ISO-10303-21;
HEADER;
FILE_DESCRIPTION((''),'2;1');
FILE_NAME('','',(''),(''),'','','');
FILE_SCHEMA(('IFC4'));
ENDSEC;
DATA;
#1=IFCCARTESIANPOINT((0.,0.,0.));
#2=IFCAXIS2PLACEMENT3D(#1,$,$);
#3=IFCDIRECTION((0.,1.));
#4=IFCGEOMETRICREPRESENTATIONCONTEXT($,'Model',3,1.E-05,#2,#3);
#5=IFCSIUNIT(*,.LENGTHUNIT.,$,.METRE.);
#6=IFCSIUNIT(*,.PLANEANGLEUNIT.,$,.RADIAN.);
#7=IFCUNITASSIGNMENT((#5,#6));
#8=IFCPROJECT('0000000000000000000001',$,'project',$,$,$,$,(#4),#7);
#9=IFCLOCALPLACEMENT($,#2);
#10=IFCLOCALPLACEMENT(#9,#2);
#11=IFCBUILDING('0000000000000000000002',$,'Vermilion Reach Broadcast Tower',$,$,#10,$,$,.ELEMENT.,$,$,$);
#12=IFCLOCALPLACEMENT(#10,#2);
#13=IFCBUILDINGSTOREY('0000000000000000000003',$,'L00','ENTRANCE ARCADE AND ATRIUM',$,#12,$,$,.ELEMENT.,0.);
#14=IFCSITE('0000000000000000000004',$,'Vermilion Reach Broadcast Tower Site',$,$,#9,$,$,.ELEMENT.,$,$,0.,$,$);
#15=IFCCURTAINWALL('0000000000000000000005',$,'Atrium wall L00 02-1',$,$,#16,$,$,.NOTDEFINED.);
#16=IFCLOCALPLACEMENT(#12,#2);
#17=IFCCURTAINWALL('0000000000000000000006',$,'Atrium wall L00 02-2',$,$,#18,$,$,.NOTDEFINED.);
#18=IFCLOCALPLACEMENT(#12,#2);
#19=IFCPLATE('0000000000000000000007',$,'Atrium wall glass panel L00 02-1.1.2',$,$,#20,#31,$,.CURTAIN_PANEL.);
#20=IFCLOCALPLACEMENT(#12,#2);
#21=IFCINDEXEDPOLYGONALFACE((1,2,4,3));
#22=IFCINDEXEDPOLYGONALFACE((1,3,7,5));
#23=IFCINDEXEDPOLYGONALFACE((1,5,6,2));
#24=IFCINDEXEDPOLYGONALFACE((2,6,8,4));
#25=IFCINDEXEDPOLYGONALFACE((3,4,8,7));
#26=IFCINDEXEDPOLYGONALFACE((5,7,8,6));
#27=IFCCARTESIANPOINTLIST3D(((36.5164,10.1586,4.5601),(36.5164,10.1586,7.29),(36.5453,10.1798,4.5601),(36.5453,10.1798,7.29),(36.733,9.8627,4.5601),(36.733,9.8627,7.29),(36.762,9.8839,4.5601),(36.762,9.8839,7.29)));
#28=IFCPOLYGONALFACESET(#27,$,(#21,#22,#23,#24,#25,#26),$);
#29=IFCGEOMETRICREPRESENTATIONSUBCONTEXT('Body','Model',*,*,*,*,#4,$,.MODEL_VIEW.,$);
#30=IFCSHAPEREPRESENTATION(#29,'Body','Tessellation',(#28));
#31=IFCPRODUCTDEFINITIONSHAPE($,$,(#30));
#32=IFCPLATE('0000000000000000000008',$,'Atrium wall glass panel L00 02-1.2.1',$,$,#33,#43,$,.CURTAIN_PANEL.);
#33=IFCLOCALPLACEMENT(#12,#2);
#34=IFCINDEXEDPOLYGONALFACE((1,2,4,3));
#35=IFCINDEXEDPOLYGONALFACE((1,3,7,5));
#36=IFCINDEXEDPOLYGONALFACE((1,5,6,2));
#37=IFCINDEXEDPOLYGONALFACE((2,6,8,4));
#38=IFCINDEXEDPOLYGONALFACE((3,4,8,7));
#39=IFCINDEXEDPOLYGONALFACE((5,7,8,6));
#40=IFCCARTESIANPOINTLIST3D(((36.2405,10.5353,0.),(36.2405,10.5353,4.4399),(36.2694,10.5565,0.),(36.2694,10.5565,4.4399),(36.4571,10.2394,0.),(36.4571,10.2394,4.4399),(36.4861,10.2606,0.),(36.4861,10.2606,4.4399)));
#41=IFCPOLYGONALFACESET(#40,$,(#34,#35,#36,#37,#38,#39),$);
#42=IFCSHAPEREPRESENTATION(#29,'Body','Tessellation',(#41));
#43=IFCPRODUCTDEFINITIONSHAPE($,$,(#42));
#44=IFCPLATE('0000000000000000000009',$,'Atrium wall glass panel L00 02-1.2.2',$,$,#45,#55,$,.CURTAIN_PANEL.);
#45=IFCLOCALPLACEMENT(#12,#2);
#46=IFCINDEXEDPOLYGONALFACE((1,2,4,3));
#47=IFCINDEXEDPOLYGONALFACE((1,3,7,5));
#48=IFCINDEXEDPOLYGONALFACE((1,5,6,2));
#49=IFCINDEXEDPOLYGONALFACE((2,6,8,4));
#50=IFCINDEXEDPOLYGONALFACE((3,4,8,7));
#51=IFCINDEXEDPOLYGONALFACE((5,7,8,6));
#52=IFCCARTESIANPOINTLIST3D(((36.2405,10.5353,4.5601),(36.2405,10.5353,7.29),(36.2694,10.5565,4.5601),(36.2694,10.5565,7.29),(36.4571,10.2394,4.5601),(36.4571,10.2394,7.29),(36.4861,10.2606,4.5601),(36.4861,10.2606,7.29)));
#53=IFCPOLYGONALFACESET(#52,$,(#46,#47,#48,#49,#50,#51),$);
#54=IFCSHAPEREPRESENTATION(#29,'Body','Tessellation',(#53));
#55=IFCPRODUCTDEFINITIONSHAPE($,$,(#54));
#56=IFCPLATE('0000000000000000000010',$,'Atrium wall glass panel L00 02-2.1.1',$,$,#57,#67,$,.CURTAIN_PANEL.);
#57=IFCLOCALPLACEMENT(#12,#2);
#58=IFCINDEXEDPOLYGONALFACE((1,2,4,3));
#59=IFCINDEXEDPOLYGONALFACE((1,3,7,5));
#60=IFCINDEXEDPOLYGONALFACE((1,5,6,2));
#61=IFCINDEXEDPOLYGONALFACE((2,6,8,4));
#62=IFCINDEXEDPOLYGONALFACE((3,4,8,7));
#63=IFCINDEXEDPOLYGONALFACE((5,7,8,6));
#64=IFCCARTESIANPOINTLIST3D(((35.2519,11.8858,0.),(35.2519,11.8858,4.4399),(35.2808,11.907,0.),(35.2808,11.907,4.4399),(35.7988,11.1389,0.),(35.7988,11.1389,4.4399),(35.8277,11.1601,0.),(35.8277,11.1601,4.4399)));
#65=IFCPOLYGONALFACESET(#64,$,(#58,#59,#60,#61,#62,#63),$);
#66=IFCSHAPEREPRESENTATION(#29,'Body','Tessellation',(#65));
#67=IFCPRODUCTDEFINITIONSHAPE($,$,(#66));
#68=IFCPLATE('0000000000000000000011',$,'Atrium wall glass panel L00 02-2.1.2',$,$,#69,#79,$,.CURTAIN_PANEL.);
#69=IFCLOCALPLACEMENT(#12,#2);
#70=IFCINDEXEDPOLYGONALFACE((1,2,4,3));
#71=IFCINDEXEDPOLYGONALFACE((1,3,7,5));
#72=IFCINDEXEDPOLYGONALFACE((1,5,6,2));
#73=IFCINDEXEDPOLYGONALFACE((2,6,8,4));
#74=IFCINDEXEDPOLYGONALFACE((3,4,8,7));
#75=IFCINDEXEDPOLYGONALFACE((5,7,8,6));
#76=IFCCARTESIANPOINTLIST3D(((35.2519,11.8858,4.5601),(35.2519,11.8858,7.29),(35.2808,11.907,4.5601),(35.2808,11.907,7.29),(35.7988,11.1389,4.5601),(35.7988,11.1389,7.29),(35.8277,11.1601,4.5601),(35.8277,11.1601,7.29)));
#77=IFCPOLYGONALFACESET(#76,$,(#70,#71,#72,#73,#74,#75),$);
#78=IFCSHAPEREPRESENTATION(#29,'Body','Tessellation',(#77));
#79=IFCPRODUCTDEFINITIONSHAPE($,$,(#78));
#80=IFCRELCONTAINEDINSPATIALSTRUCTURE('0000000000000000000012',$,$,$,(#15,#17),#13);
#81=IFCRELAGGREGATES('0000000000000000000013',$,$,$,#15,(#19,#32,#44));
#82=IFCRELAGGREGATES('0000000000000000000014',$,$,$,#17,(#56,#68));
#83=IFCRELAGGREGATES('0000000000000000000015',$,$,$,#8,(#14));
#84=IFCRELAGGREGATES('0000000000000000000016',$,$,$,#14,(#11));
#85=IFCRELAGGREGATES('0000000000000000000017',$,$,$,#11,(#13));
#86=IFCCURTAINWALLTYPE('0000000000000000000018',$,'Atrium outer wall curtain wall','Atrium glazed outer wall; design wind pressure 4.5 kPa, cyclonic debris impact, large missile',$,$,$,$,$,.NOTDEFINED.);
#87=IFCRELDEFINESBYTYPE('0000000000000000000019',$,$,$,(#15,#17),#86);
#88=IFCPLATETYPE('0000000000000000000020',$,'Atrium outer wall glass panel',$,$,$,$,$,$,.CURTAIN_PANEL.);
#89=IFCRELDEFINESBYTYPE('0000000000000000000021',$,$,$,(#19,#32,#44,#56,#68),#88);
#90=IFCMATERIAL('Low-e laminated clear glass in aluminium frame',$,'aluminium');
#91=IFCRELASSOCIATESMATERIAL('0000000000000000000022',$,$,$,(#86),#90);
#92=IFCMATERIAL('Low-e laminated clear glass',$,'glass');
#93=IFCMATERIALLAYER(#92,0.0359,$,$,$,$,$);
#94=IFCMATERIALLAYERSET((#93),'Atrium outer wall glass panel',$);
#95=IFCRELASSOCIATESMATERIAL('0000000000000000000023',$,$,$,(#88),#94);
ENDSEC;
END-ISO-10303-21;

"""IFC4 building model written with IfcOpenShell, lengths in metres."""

from ifc_helpers import new_model, si_unit, direction, frame, origin, origin_2d, place, context, subcontext, project, spatial, rectangle, extrude, material, layer, layer_set, type_object, element, aggregate, save


model = new_model("IFC4")

# Units and contexts
model_context = context("Model", 3, precision=1e-05, world=origin(), true_north=direction((0.0, 1.0)))
body_context = subcontext(model_context, "Body", "Model", "MODEL_VIEW")
ifc_project = project(units=[si_unit("LENGTHUNIT", "METRE"), si_unit("PLANEANGLEUNIT", "RADIAN")], contexts=[model_context])

# Site, building, storey
site_placement = place(None, origin())
site = spatial("IfcSite", under=ifc_project, at=site_placement, Name="Vermilion Reach Broadcast Tower Site", CompositionType="ELEMENT", RefElevation=0.0)
building_placement = place(site_placement, origin())
building = spatial("IfcBuilding", under=site, at=building_placement, Name="Vermilion Reach Broadcast Tower", CompositionType="ELEMENT")
storey_placement = place(building_placement, origin())
storey = spatial("IfcBuildingStorey", under=building, at=storey_placement, Name="L00", Description="ENTRANCE ARCADE AND ATRIUM", CompositionType="ELEMENT", Elevation=0.0)

# Shared definitions
ifc_material_1 = material(Name="Low-e laminated clear glass in aluminium frame", Category="aluminium")
curtain_wall_type = type_object("IfcCurtainWallType", Name="Atrium outer wall curtain wall", Description="Atrium glazed outer wall; design wind pressure 4.5 kPa, cyclonic debris impact, large missile", PredefinedType="NOTDEFINED", material=ifc_material_1)
placement = place(storey_placement, origin())

# Curtain walls
curtain_wall_1 = element("IfcCurtainWall", 1, at=placement, inside=storey, type_object=curtain_wall_type, Name="Atrium wall L00 02-1", PredefinedType="NOTDEFINED")
curtain_wall_2 = element("IfcCurtainWall", 2, at=placement, inside=storey, type_object=curtain_wall_type, Name="Atrium wall L00 02-2", PredefinedType="NOTDEFINED")

# Plates
ifc_material_2 = material(Name="Low-e laminated clear glass", Category="glass")
ifc_layer = layer(ifc_material_2, 0.0359)
ifc_layer_set = layer_set([ifc_layer], Name="Atrium outer wall glass panel")
plate_type = type_object("IfcPlateType", Name="Atrium outer wall glass panel", PredefinedType="CURTAIN_PANEL", material=ifc_layer_set)
plate_1_placement = place(storey_placement, frame((36.6392, 10.0212, 4.5601), z_axis=(0.0, 0.0, 1.0), x_axis=(-0.59076, 0.806847, 0.0)))
plate_1 = element("IfcPlate", 3, at=plate_1_placement, type_object=plate_type, Name="Atrium wall glass panel L00 02-1.1.2", PredefinedType="CURTAIN_PANEL", context=body_context, shape_type="SweptSolid", body=[
    extrude(rectangle(XDim=0.3667, YDim=0.0359, at=origin_2d()), origin(), (0.0, 0.0, 1.0), 2.73),
])
plate_2_placement = place(storey_placement, frame((36.3633, 10.3979, 0.0), z_axis=(0.0, 0.0, 1.0), x_axis=(-0.59076, 0.806847, 0.0)))
plate_2 = element("IfcPlate", 4, at=plate_2_placement, type_object=plate_type, Name="Atrium wall glass panel L00 02-1.2.1", PredefinedType="CURTAIN_PANEL", context=body_context, shape_type="SweptSolid", body=[
    extrude(rectangle(XDim=0.3667, YDim=0.0359, at=origin_2d()), origin(), (0.0, 0.0, 1.0), 4.4399),
])
plate_3_placement = place(storey_placement, frame((36.3633, 10.3979, 4.5601), z_axis=(0.0, 0.0, 1.0), x_axis=(-0.59076, 0.806847, 0.0)))
plate_3 = element("IfcPlate", 5, at=plate_3_placement, type_object=plate_type, Name="Atrium wall glass panel L00 02-1.2.2", PredefinedType="CURTAIN_PANEL", context=body_context, shape_type="SweptSolid", body=[
    extrude(rectangle(XDim=0.3667, YDim=0.0359, at=origin_2d()), origin(), (0.0, 0.0, 1.0), 2.73),
])
aggregate(curtain_wall_1, [plate_1, plate_2, plate_3])
plate_4_placement = place(storey_placement, frame((35.5398, 11.5229, 0.0), z_axis=(0.0, 0.0, 1.0), x_axis=(-0.59076, 0.806847, 0.0)))
plate_4 = element("IfcPlate", 6, at=plate_4_placement, type_object=plate_type, Name="Atrium wall glass panel L00 02-2.1.1", PredefinedType="CURTAIN_PANEL", context=body_context, shape_type="SweptSolid", body=[
    extrude(rectangle(XDim=0.9258, YDim=0.0359, at=origin_2d()), origin(), (0.0, 0.0, 1.0), 4.4399),
])
plate_5_placement = place(storey_placement, frame((35.5398, 11.5229, 4.5601), z_axis=(0.0, 0.0, 1.0), x_axis=(-0.59076, 0.806847, 0.0)))
plate_5 = element("IfcPlate", 7, at=plate_5_placement, type_object=plate_type, Name="Atrium wall glass panel L00 02-2.1.2", PredefinedType="CURTAIN_PANEL", context=body_context, shape_type="SweptSolid", body=[
    extrude(rectangle(XDim=0.9258, YDim=0.0359, at=origin_2d()), origin(), (0.0, 0.0, 1.0), 2.73),
])
aggregate(curtain_wall_2, [plate_4, plate_5])

save(model, "model.ifc")
